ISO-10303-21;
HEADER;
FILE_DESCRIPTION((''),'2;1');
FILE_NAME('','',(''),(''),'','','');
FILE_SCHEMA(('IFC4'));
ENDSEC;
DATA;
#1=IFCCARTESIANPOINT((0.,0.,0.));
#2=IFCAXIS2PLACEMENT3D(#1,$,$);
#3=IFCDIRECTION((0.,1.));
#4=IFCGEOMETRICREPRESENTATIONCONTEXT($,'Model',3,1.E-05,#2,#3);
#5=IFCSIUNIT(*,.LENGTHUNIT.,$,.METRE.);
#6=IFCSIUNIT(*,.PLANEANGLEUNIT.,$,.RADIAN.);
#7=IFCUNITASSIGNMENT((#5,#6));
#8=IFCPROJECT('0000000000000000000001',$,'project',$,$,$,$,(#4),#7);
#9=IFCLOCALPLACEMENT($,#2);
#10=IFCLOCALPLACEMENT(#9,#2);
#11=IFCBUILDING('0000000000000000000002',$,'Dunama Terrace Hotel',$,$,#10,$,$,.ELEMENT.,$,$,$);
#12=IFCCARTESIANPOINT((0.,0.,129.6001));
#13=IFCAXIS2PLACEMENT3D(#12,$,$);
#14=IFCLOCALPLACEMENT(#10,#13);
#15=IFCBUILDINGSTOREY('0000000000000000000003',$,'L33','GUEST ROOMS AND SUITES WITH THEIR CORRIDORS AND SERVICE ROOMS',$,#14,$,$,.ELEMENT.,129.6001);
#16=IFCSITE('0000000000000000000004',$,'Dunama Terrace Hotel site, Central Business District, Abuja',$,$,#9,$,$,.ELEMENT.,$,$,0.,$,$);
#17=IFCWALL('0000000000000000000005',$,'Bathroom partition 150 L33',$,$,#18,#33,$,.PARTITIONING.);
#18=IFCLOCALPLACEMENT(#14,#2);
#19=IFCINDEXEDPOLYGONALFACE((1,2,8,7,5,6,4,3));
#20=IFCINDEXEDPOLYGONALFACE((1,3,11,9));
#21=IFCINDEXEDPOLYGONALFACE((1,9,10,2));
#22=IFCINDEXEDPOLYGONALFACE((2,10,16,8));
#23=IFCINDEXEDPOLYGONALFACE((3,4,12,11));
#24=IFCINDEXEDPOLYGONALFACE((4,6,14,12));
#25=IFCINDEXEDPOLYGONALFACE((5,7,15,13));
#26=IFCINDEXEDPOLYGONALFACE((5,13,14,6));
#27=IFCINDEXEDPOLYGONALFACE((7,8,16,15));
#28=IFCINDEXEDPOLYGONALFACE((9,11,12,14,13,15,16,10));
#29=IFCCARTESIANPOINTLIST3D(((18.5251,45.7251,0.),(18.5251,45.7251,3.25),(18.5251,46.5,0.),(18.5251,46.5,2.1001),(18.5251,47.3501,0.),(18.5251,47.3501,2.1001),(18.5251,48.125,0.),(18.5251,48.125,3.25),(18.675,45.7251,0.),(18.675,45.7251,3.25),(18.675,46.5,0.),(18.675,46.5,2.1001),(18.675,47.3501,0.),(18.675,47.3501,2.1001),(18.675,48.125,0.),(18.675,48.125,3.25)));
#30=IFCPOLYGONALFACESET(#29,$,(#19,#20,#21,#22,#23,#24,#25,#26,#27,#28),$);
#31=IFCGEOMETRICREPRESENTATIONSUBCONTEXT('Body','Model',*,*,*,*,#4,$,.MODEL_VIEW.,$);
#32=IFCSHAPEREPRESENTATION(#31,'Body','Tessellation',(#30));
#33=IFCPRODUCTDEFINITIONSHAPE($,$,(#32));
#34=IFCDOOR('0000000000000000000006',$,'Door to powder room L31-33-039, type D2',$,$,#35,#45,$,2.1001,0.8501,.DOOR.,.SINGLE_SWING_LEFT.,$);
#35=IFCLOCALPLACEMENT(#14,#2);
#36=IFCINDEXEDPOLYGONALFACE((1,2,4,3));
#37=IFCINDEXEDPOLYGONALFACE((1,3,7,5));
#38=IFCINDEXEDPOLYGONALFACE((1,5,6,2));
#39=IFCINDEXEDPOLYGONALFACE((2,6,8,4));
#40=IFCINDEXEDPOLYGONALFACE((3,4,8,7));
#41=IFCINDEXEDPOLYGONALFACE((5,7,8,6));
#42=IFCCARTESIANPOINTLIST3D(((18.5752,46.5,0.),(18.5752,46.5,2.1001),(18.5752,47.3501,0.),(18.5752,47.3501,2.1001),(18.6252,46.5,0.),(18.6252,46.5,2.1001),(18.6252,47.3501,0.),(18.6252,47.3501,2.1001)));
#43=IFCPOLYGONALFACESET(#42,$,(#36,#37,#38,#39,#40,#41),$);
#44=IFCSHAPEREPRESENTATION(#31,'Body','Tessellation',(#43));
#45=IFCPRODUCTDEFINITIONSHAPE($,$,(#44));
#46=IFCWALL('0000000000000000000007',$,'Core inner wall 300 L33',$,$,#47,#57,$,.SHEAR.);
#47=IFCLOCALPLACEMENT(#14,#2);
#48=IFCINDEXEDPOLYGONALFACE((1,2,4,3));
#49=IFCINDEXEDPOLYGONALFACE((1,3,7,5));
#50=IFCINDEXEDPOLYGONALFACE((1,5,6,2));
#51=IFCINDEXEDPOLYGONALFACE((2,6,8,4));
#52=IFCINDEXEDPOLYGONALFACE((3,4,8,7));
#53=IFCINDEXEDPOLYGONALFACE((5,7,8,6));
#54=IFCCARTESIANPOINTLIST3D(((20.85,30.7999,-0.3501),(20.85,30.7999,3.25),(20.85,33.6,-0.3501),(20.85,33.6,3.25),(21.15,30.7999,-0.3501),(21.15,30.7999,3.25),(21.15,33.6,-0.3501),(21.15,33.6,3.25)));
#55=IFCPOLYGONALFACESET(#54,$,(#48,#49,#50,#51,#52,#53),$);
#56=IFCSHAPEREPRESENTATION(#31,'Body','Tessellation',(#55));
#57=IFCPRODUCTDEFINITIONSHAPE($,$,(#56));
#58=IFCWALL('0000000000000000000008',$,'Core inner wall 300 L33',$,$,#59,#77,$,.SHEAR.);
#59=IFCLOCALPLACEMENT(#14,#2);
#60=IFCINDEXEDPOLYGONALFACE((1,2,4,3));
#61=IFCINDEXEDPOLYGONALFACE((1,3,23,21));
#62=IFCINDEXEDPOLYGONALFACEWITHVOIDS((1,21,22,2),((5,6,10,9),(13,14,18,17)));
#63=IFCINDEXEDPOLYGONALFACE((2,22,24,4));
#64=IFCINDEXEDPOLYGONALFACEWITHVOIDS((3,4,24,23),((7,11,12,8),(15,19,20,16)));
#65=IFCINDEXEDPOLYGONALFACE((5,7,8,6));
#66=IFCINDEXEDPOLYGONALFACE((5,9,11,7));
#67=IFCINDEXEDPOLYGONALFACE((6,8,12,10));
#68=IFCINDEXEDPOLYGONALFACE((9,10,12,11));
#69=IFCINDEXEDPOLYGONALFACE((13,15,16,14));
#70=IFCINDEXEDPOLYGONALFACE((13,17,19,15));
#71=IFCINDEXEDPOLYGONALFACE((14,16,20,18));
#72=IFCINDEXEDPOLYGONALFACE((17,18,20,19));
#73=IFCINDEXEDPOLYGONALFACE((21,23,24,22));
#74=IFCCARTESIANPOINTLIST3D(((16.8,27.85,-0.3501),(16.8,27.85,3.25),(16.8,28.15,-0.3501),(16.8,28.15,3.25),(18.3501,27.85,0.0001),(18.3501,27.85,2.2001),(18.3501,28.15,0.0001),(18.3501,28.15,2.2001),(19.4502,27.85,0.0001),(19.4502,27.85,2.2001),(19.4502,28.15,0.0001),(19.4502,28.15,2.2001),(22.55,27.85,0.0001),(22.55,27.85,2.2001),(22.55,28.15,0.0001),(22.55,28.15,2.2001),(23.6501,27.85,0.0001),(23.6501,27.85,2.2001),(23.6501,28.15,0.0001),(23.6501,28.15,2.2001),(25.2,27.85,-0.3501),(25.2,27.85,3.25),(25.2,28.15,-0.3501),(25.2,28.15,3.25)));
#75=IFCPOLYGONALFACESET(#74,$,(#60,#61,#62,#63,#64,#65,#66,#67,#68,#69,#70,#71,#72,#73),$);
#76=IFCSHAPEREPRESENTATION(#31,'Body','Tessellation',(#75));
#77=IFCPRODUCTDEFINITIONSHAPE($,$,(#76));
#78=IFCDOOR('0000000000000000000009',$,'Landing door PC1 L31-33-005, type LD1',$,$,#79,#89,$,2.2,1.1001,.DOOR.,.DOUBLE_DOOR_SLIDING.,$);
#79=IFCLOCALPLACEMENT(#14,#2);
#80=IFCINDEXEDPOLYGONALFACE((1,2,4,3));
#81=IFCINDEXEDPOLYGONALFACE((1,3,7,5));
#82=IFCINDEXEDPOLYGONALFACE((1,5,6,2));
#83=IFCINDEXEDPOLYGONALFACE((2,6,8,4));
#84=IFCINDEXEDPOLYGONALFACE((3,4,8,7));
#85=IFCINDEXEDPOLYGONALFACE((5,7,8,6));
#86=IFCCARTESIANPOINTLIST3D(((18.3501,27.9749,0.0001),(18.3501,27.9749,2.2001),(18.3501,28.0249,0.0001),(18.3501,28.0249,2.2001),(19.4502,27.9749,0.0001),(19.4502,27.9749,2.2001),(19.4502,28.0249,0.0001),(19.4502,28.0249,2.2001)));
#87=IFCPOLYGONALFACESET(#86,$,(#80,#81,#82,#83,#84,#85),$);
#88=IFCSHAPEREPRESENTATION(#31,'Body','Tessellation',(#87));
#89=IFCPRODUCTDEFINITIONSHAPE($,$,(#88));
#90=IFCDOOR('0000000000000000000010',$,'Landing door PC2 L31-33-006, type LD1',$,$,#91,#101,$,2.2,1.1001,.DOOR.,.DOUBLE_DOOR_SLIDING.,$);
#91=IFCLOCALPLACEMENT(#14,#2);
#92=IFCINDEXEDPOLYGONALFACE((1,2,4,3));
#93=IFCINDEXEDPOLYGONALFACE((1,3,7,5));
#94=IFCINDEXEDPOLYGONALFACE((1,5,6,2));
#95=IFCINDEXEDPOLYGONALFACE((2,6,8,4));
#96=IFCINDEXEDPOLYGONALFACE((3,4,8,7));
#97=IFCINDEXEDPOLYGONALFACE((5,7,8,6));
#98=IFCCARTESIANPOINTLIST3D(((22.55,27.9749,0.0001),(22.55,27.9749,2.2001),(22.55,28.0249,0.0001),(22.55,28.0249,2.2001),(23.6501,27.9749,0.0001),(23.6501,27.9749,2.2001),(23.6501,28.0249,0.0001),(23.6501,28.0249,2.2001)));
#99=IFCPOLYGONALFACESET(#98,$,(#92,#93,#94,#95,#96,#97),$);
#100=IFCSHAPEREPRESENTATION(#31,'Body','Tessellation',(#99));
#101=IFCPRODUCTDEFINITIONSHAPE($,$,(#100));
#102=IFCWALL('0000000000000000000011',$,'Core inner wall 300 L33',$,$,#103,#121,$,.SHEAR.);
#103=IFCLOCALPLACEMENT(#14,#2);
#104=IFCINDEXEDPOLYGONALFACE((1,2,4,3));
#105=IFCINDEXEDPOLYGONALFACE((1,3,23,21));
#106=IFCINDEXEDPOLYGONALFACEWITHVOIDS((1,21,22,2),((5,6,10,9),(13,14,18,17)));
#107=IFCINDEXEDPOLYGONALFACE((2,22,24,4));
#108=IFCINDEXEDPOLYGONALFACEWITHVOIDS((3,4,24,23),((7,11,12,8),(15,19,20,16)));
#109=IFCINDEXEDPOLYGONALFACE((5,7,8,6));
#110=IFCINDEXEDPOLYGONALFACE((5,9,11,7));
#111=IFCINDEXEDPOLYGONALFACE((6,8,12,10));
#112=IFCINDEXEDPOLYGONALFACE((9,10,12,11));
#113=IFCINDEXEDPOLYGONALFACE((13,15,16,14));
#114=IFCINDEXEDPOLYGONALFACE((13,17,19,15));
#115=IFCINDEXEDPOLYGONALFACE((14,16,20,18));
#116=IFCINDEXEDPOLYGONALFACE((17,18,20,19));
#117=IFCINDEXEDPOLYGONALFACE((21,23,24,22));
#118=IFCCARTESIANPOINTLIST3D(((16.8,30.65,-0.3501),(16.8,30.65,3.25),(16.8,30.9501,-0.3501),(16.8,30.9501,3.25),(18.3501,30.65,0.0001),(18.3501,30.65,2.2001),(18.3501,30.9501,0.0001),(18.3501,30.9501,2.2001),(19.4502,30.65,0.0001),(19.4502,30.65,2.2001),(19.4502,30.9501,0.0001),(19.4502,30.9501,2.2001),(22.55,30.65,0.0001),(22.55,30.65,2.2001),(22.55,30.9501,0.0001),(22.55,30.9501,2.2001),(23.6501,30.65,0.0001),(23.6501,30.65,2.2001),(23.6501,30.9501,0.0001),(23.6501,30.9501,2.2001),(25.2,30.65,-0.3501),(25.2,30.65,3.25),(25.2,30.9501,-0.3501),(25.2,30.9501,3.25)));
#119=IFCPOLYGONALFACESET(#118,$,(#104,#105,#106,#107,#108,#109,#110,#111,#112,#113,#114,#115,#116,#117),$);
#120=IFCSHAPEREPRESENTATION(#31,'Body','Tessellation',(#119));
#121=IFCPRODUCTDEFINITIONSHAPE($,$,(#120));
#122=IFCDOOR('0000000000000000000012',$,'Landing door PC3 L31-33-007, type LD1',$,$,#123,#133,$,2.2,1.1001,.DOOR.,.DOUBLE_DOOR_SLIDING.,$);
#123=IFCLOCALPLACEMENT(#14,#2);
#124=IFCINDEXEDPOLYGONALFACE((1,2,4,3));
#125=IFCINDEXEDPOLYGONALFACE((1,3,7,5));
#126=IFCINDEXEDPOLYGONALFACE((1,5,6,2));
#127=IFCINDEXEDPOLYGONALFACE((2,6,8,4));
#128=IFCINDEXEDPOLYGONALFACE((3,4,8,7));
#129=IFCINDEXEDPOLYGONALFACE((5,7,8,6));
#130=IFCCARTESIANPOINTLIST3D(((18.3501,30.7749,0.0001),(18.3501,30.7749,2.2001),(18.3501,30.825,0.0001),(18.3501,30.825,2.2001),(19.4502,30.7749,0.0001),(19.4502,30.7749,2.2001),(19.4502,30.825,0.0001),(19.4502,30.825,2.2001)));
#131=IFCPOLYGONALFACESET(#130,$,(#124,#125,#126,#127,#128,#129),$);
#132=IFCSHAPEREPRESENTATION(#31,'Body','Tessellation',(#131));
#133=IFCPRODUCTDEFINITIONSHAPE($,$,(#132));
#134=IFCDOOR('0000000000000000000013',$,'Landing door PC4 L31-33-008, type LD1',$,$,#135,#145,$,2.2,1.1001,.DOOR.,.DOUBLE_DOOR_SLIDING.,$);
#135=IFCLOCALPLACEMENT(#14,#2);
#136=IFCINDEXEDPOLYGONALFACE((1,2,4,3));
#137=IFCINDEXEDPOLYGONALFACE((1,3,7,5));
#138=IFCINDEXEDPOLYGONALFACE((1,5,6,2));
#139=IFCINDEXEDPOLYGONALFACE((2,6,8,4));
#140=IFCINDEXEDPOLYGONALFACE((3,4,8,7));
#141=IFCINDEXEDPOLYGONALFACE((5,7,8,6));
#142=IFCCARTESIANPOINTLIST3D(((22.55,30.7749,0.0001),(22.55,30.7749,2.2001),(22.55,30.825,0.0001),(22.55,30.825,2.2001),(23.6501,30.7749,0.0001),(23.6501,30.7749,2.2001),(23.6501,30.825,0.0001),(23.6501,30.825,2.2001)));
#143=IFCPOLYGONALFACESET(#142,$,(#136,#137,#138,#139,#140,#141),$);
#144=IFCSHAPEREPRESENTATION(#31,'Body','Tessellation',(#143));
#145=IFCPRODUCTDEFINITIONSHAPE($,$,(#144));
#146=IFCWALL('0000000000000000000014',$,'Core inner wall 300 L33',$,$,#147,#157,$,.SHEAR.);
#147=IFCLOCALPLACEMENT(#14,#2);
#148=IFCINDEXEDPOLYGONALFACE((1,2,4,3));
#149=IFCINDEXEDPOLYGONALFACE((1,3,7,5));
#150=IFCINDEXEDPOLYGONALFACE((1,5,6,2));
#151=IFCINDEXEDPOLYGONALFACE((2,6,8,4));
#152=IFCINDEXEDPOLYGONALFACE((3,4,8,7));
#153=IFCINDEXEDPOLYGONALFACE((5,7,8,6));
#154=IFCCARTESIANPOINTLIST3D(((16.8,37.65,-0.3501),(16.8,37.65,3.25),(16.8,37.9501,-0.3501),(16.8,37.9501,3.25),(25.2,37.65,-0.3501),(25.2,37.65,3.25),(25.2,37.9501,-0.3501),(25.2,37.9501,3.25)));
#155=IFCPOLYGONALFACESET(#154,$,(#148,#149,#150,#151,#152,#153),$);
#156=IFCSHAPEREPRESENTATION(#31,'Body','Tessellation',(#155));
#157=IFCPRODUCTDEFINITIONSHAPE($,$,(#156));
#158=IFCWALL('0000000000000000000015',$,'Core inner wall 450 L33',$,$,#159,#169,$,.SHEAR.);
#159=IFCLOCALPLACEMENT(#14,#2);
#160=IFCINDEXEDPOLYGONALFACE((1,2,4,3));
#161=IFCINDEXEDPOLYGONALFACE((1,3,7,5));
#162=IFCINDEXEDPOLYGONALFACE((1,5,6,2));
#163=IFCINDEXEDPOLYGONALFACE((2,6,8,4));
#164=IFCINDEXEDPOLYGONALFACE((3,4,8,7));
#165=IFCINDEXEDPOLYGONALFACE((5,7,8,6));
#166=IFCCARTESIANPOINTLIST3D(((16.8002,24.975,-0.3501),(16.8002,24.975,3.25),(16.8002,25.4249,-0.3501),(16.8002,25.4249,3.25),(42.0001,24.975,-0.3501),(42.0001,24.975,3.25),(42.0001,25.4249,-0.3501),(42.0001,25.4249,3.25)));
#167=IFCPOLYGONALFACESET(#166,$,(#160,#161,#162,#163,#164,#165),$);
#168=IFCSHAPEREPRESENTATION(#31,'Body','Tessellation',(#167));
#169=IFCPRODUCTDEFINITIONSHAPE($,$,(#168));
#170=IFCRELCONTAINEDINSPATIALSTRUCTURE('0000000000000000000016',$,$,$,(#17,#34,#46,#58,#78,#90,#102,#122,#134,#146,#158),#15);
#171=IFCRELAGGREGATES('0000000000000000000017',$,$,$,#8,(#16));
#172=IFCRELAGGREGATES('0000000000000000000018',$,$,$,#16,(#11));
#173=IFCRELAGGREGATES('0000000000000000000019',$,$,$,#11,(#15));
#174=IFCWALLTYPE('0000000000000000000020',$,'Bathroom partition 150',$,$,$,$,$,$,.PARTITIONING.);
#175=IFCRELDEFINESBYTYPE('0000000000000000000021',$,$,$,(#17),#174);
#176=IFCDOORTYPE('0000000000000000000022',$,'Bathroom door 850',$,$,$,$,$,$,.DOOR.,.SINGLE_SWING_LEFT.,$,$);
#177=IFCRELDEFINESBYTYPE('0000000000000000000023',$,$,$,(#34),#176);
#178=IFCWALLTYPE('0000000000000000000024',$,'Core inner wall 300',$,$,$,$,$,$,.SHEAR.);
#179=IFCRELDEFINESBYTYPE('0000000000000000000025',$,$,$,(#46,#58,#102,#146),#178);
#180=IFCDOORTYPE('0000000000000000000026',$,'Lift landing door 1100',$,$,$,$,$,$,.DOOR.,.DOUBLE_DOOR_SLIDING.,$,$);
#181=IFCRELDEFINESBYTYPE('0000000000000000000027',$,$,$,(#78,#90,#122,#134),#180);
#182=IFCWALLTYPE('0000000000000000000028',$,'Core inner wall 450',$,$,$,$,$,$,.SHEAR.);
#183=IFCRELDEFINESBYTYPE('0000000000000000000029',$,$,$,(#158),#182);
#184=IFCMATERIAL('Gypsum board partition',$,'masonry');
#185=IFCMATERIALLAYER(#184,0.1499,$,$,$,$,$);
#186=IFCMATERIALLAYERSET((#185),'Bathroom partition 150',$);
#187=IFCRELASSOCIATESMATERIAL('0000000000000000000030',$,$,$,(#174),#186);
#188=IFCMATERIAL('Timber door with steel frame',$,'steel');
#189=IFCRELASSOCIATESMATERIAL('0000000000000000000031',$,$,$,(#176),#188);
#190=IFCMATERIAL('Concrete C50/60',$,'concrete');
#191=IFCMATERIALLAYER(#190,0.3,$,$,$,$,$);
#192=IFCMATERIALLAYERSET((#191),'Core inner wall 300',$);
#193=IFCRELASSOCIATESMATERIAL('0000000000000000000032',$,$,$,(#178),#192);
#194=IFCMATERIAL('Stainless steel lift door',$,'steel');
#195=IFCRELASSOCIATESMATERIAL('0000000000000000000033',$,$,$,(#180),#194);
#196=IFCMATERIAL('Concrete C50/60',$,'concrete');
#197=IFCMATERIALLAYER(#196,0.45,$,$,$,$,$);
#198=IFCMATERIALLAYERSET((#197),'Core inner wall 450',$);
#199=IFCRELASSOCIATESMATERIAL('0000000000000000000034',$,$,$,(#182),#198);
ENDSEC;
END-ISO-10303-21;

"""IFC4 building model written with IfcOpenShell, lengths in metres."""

from ifc_helpers import new_model, si_unit, direction, frame, frame_2d, origin, place, context, subcontext, project, spatial, rectangle, extrude, material, layer, layer_set, type_object, element, fill, save


model = new_model("IFC4")

# Units and contexts
model_context = context("Model", 3, precision=1e-05, world=origin(), true_north=direction((0.0, 1.0)))
body_context = subcontext(model_context, "Body", "Model", "MODEL_VIEW")
ifc_project = project(units=[si_unit("LENGTHUNIT", "METRE"), si_unit("PLANEANGLEUNIT", "RADIAN")], contexts=[model_context])

# Site, building, storey
site_placement = place(None, origin())
site = spatial("IfcSite", under=ifc_project, at=site_placement, Name="Dunama Terrace Hotel site, Central Business District, Abuja", CompositionType="ELEMENT", RefElevation=0.0)
building_placement = place(site_placement, origin())
building = spatial("IfcBuilding", under=site, at=building_placement, Name="Dunama Terrace Hotel", CompositionType="ELEMENT")
storey_placement = place(building_placement, frame((0.0, 0.0, 129.6001)))
storey = spatial("IfcBuildingStorey", under=building, at=storey_placement, Name="L33", Description="GUEST ROOMS AND SUITES WITH THEIR CORRIDORS AND SERVICE ROOMS", CompositionType="ELEMENT", Elevation=129.6001)

# Wall, opening, door
ifc_material_1 = material(Name="Gypsum board partition", Category="masonry")
ifc_layer_1 = layer(ifc_material_1, 0.1499)
ifc_layer_set_1 = layer_set([ifc_layer_1], Name="Bathroom partition 150")
wall_type_1 = type_object("IfcWallType", Name="Bathroom partition 150", PredefinedType="PARTITIONING", material=ifc_layer_set_1)
wall_1_placement = place(storey_placement, frame((18.6001, 45.7251, 0.0), z_axis=(0.0, 0.0, 1.0), x_axis=(0.0, 1.0, 0.0)))
wall_1 = element("IfcWall", 1, at=wall_1_placement, inside=storey, type_object=wall_type_1, Name="Bathroom partition 150 L33", PredefinedType="PARTITIONING", context=body_context, shape_type="SweptSolid", body=[
    extrude(rectangle(XDim=2.3999, YDim=0.1499, at=frame_2d((1.2, 0.0))), origin(), (0.0, 0.0, 1.0), 3.25),
])
opening_1_placement = place(wall_1_placement, frame((0.7749, 0.0, 0.0)))
opening_1 = element("IfcOpeningElement", 2, at=opening_1_placement, cuts=wall_1, PredefinedType="OPENING", context=body_context, shape_type="SweptSolid", body=[
    extrude(rectangle(XDim=0.8501, YDim=2.1001, at=frame_2d((0.425, 1.05))), frame((0.0, 0.085, 0.0), z_axis=(0.0, -1.0, 0.0), x_axis=(1.0, 0.0, 0.0)), (0.0, 0.0, 1.0), 0.1699),
])
ifc_material_2 = material(Name="Timber door with steel frame", Category="steel")
door_type_1 = type_object("IfcDoorType", Name="Bathroom door 850", OperationType="SINGLE_SWING_LEFT", PredefinedType="DOOR", material=ifc_material_2)
door_1_placement = place(opening_1_placement, origin())
door_1 = element("IfcDoor", 3, at=door_1_placement, inside=storey, type_object=door_type_1, Name="Door to powder room L31-33-039, type D2", OperationType="SINGLE_SWING_LEFT", OverallHeight=2.1001, OverallWidth=0.8501, PredefinedType="DOOR", context=body_context, shape_type="SweptSolid", body=[
    extrude(rectangle(XDim=0.8501, YDim=2.1001, at=frame_2d((0.425, 1.05))), frame((0.0, 0.0249, 0.0), z_axis=(0.0, -1.0, 0.0), x_axis=(1.0, 0.0, 0.0)), (0.0, 0.0, 1.0), 0.05),
])
fill(opening_1, door_1)

# Wall
ifc_material_3 = material(Name="Concrete C50/60", Category="concrete")
ifc_layer_2 = layer(ifc_material_3, 0.3)
ifc_layer_set_2 = layer_set([ifc_layer_2], Name="Core inner wall 300")
wall_type_2 = type_object("IfcWallType", Name="Core inner wall 300", PredefinedType="SHEAR", material=ifc_layer_set_2)
wall_2_placement = place(storey_placement, frame((21.0, 30.8, -0.3501), z_axis=(0.0, 0.0, 1.0), x_axis=(0.0, 1.0, 0.0)))
element("IfcWall", 4, at=wall_2_placement, inside=storey, type_object=wall_type_2, Name="Core inner wall 300 L33", PredefinedType="SHEAR", context=body_context, shape_type="SweptSolid", body=[
    extrude(rectangle(XDim=2.8, YDim=0.3, at=frame_2d((1.3999, 0.0))), origin(), (0.0, 0.0, 1.0), 3.6001),
])

# Walls, openings, doors
wall_3_placement = place(storey_placement, frame((16.8, 28.0, -0.3501), z_axis=(0.0, 0.0, 1.0), x_axis=(1.0, 0.0, 0.0)))
wall_3 = element("IfcWall", 5, at=wall_3_placement, inside=storey, type_object=wall_type_2, Name="Core inner wall 300 L33", PredefinedType="SHEAR", context=body_context, shape_type="SweptSolid", body=[
    extrude(rectangle(XDim=8.3999, YDim=0.3, at=frame_2d((4.2, 0.0))), origin(), (0.0, 0.0, 1.0), 3.6001),
])
opening_2_placement = place(wall_3_placement, frame((1.55, 0.0, 0.3501)))
opening_2 = element("IfcOpeningElement", 6, at=opening_2_placement, cuts=wall_3, PredefinedType="OPENING", context=body_context, shape_type="SweptSolid", body=[
    extrude(rectangle(XDim=1.1001, YDim=2.2, at=frame_2d((0.55, 1.1001))), frame((0.0, 0.1599, 0.0), z_axis=(0.0, -1.0, 0.0), x_axis=(1.0, 0.0, 0.0)), (0.0, 0.0, 1.0), 0.3201),
])
opening_3_placement = place(wall_3_placement, frame((5.75, 0.0, 0.3501)))
opening_3 = element("IfcOpeningElement", 7, at=opening_3_placement, cuts=wall_3, PredefinedType="OPENING", context=body_context, shape_type="SweptSolid", body=[
    extrude(rectangle(XDim=1.1001, YDim=2.2, at=frame_2d((0.55, 1.1001))), frame((0.0, 0.1599, 0.0), z_axis=(0.0, -1.0, 0.0), x_axis=(1.0, 0.0, 0.0)), (0.0, 0.0, 1.0), 0.3201),
])
ifc_material_4 = material(Name="Stainless steel lift door", Category="steel")
door_type_2 = type_object("IfcDoorType", Name="Lift landing door 1100", OperationType="DOUBLE_DOOR_SLIDING", PredefinedType="DOOR", material=ifc_material_4)
door_2_placement = place(opening_2_placement, origin())
door_2 = element("IfcDoor", 8, at=door_2_placement, inside=storey, type_object=door_type_2, Name="Landing door PC1 L31-33-005, type LD1", OperationType="DOUBLE_DOOR_SLIDING", OverallHeight=2.2, OverallWidth=1.1001, PredefinedType="DOOR", context=body_context, shape_type="SweptSolid", body=[
    extrude(rectangle(XDim=1.1001, YDim=2.2, at=frame_2d((0.55, 1.1001))), frame((0.0, 0.0249, 0.0), z_axis=(0.0, -1.0, 0.0), x_axis=(1.0, 0.0, 0.0)), (0.0, 0.0, 1.0), 0.05),
])
fill(opening_2, door_2)
door_3_placement = place(opening_3_placement, origin())
door_3 = element("IfcDoor", 9, at=door_3_placement, inside=storey, type_object=door_type_2, Name="Landing door PC2 L31-33-006, type LD1", OperationType="DOUBLE_DOOR_SLIDING", OverallHeight=2.2, OverallWidth=1.1001, PredefinedType="DOOR", context=body_context, shape_type="SweptSolid", body=[
    extrude(rectangle(XDim=1.1001, YDim=2.2, at=frame_2d((0.55, 1.1001))), frame((0.0, 0.0249, 0.0), z_axis=(0.0, -1.0, 0.0), x_axis=(1.0, 0.0, 0.0)), (0.0, 0.0, 1.0), 0.05),
])
fill(opening_3, door_3)
wall_4_placement = place(storey_placement, frame((16.8, 30.8, -0.3501), z_axis=(0.0, 0.0, 1.0), x_axis=(1.0, 0.0, 0.0)))
wall_4 = element("IfcWall", 10, at=wall_4_placement, inside=storey, type_object=wall_type_2, Name="Core inner wall 300 L33", PredefinedType="SHEAR", context=body_context, shape_type="SweptSolid", body=[
    extrude(rectangle(XDim=8.3999, YDim=0.3, at=frame_2d((4.2, 0.0))), origin(), (0.0, 0.0, 1.0), 3.6001),
])
opening_4_placement = place(wall_4_placement, frame((1.55, 0.0, 0.3501)))
opening_4 = element("IfcOpeningElement", 11, at=opening_4_placement, cuts=wall_4, PredefinedType="OPENING", context=body_context, shape_type="SweptSolid", body=[
    extrude(rectangle(XDim=1.1001, YDim=2.2, at=frame_2d((0.55, 1.1001))), frame((0.0, 0.1599, 0.0), z_axis=(0.0, -1.0, 0.0), x_axis=(1.0, 0.0, 0.0)), (0.0, 0.0, 1.0), 0.3201),
])
opening_5_placement = place(wall_4_placement, frame((5.75, 0.0, 0.3501)))
opening_5 = element("IfcOpeningElement", 12, at=opening_5_placement, cuts=wall_4, PredefinedType="OPENING", context=body_context, shape_type="SweptSolid", body=[
    extrude(rectangle(XDim=1.1001, YDim=2.2, at=frame_2d((0.55, 1.1001))), frame((0.0, 0.1599, 0.0), z_axis=(0.0, -1.0, 0.0), x_axis=(1.0, 0.0, 0.0)), (0.0, 0.0, 1.0), 0.3201),
])
door_4_placement = place(opening_4_placement, origin())
door_4 = element("IfcDoor", 13, at=door_4_placement, inside=storey, type_object=door_type_2, Name="Landing door PC3 L31-33-007, type LD1", OperationType="DOUBLE_DOOR_SLIDING", OverallHeight=2.2, OverallWidth=1.1001, PredefinedType="DOOR", context=body_context, shape_type="SweptSolid", body=[
    extrude(rectangle(XDim=1.1001, YDim=2.2, at=frame_2d((0.55, 1.1001))), frame((0.0, 0.0249, 0.0), z_axis=(0.0, -1.0, 0.0), x_axis=(1.0, 0.0, 0.0)), (0.0, 0.0, 1.0), 0.05),
])
fill(opening_4, door_4)
door_5_placement = place(opening_5_placement, origin())
door_5 = element("IfcDoor", 14, at=door_5_placement, inside=storey, type_object=door_type_2, Name="Landing door PC4 L31-33-008, type LD1", OperationType="DOUBLE_DOOR_SLIDING", OverallHeight=2.2, OverallWidth=1.1001, PredefinedType="DOOR", context=body_context, shape_type="SweptSolid", body=[
    extrude(rectangle(XDim=1.1001, YDim=2.2, at=frame_2d((0.55, 1.1001))), frame((0.0, 0.0249, 0.0), z_axis=(0.0, -1.0, 0.0), x_axis=(1.0, 0.0, 0.0)), (0.0, 0.0, 1.0), 0.05),
])
fill(opening_5, door_5)

# Walls
wall_5_placement = place(storey_placement, frame((16.8, 37.8, -0.3501), z_axis=(0.0, 0.0, 1.0), x_axis=(1.0, 0.0, 0.0)))
element("IfcWall", 15, at=wall_5_placement, inside=storey, type_object=wall_type_2, Name="Core inner wall 300 L33", PredefinedType="SHEAR", context=body_context, shape_type="SweptSolid", body=[
    extrude(rectangle(XDim=8.3999, YDim=0.3, at=frame_2d((4.2, 0.0))), origin(), (0.0, 0.0, 1.0), 3.6001),
])
ifc_material_5 = material(Name="Concrete C50/60", Category="concrete")
ifc_layer_3 = layer(ifc_material_5, 0.45)
ifc_layer_set_3 = layer_set([ifc_layer_3], Name="Core inner wall 450")
wall_type_3 = type_object("IfcWallType", Name="Core inner wall 450", PredefinedType="SHEAR", material=ifc_layer_set_3)
wall_6_placement = place(storey_placement, frame((16.8, 25.2, -0.3501), z_axis=(0.0, 0.0, 1.0), x_axis=(1.0, 0.0, 0.0)))
element("IfcWall", 16, at=wall_6_placement, inside=storey, type_object=wall_type_3, Name="Core inner wall 450 L33", PredefinedType="SHEAR", context=body_context, shape_type="SweptSolid", body=[
    extrude(rectangle(XDim=25.2, YDim=0.45, at=frame_2d((12.6001, 0.0))), origin(), (0.0, 0.0, 1.0), 3.6001),
])

save(model, "model.ifc")
